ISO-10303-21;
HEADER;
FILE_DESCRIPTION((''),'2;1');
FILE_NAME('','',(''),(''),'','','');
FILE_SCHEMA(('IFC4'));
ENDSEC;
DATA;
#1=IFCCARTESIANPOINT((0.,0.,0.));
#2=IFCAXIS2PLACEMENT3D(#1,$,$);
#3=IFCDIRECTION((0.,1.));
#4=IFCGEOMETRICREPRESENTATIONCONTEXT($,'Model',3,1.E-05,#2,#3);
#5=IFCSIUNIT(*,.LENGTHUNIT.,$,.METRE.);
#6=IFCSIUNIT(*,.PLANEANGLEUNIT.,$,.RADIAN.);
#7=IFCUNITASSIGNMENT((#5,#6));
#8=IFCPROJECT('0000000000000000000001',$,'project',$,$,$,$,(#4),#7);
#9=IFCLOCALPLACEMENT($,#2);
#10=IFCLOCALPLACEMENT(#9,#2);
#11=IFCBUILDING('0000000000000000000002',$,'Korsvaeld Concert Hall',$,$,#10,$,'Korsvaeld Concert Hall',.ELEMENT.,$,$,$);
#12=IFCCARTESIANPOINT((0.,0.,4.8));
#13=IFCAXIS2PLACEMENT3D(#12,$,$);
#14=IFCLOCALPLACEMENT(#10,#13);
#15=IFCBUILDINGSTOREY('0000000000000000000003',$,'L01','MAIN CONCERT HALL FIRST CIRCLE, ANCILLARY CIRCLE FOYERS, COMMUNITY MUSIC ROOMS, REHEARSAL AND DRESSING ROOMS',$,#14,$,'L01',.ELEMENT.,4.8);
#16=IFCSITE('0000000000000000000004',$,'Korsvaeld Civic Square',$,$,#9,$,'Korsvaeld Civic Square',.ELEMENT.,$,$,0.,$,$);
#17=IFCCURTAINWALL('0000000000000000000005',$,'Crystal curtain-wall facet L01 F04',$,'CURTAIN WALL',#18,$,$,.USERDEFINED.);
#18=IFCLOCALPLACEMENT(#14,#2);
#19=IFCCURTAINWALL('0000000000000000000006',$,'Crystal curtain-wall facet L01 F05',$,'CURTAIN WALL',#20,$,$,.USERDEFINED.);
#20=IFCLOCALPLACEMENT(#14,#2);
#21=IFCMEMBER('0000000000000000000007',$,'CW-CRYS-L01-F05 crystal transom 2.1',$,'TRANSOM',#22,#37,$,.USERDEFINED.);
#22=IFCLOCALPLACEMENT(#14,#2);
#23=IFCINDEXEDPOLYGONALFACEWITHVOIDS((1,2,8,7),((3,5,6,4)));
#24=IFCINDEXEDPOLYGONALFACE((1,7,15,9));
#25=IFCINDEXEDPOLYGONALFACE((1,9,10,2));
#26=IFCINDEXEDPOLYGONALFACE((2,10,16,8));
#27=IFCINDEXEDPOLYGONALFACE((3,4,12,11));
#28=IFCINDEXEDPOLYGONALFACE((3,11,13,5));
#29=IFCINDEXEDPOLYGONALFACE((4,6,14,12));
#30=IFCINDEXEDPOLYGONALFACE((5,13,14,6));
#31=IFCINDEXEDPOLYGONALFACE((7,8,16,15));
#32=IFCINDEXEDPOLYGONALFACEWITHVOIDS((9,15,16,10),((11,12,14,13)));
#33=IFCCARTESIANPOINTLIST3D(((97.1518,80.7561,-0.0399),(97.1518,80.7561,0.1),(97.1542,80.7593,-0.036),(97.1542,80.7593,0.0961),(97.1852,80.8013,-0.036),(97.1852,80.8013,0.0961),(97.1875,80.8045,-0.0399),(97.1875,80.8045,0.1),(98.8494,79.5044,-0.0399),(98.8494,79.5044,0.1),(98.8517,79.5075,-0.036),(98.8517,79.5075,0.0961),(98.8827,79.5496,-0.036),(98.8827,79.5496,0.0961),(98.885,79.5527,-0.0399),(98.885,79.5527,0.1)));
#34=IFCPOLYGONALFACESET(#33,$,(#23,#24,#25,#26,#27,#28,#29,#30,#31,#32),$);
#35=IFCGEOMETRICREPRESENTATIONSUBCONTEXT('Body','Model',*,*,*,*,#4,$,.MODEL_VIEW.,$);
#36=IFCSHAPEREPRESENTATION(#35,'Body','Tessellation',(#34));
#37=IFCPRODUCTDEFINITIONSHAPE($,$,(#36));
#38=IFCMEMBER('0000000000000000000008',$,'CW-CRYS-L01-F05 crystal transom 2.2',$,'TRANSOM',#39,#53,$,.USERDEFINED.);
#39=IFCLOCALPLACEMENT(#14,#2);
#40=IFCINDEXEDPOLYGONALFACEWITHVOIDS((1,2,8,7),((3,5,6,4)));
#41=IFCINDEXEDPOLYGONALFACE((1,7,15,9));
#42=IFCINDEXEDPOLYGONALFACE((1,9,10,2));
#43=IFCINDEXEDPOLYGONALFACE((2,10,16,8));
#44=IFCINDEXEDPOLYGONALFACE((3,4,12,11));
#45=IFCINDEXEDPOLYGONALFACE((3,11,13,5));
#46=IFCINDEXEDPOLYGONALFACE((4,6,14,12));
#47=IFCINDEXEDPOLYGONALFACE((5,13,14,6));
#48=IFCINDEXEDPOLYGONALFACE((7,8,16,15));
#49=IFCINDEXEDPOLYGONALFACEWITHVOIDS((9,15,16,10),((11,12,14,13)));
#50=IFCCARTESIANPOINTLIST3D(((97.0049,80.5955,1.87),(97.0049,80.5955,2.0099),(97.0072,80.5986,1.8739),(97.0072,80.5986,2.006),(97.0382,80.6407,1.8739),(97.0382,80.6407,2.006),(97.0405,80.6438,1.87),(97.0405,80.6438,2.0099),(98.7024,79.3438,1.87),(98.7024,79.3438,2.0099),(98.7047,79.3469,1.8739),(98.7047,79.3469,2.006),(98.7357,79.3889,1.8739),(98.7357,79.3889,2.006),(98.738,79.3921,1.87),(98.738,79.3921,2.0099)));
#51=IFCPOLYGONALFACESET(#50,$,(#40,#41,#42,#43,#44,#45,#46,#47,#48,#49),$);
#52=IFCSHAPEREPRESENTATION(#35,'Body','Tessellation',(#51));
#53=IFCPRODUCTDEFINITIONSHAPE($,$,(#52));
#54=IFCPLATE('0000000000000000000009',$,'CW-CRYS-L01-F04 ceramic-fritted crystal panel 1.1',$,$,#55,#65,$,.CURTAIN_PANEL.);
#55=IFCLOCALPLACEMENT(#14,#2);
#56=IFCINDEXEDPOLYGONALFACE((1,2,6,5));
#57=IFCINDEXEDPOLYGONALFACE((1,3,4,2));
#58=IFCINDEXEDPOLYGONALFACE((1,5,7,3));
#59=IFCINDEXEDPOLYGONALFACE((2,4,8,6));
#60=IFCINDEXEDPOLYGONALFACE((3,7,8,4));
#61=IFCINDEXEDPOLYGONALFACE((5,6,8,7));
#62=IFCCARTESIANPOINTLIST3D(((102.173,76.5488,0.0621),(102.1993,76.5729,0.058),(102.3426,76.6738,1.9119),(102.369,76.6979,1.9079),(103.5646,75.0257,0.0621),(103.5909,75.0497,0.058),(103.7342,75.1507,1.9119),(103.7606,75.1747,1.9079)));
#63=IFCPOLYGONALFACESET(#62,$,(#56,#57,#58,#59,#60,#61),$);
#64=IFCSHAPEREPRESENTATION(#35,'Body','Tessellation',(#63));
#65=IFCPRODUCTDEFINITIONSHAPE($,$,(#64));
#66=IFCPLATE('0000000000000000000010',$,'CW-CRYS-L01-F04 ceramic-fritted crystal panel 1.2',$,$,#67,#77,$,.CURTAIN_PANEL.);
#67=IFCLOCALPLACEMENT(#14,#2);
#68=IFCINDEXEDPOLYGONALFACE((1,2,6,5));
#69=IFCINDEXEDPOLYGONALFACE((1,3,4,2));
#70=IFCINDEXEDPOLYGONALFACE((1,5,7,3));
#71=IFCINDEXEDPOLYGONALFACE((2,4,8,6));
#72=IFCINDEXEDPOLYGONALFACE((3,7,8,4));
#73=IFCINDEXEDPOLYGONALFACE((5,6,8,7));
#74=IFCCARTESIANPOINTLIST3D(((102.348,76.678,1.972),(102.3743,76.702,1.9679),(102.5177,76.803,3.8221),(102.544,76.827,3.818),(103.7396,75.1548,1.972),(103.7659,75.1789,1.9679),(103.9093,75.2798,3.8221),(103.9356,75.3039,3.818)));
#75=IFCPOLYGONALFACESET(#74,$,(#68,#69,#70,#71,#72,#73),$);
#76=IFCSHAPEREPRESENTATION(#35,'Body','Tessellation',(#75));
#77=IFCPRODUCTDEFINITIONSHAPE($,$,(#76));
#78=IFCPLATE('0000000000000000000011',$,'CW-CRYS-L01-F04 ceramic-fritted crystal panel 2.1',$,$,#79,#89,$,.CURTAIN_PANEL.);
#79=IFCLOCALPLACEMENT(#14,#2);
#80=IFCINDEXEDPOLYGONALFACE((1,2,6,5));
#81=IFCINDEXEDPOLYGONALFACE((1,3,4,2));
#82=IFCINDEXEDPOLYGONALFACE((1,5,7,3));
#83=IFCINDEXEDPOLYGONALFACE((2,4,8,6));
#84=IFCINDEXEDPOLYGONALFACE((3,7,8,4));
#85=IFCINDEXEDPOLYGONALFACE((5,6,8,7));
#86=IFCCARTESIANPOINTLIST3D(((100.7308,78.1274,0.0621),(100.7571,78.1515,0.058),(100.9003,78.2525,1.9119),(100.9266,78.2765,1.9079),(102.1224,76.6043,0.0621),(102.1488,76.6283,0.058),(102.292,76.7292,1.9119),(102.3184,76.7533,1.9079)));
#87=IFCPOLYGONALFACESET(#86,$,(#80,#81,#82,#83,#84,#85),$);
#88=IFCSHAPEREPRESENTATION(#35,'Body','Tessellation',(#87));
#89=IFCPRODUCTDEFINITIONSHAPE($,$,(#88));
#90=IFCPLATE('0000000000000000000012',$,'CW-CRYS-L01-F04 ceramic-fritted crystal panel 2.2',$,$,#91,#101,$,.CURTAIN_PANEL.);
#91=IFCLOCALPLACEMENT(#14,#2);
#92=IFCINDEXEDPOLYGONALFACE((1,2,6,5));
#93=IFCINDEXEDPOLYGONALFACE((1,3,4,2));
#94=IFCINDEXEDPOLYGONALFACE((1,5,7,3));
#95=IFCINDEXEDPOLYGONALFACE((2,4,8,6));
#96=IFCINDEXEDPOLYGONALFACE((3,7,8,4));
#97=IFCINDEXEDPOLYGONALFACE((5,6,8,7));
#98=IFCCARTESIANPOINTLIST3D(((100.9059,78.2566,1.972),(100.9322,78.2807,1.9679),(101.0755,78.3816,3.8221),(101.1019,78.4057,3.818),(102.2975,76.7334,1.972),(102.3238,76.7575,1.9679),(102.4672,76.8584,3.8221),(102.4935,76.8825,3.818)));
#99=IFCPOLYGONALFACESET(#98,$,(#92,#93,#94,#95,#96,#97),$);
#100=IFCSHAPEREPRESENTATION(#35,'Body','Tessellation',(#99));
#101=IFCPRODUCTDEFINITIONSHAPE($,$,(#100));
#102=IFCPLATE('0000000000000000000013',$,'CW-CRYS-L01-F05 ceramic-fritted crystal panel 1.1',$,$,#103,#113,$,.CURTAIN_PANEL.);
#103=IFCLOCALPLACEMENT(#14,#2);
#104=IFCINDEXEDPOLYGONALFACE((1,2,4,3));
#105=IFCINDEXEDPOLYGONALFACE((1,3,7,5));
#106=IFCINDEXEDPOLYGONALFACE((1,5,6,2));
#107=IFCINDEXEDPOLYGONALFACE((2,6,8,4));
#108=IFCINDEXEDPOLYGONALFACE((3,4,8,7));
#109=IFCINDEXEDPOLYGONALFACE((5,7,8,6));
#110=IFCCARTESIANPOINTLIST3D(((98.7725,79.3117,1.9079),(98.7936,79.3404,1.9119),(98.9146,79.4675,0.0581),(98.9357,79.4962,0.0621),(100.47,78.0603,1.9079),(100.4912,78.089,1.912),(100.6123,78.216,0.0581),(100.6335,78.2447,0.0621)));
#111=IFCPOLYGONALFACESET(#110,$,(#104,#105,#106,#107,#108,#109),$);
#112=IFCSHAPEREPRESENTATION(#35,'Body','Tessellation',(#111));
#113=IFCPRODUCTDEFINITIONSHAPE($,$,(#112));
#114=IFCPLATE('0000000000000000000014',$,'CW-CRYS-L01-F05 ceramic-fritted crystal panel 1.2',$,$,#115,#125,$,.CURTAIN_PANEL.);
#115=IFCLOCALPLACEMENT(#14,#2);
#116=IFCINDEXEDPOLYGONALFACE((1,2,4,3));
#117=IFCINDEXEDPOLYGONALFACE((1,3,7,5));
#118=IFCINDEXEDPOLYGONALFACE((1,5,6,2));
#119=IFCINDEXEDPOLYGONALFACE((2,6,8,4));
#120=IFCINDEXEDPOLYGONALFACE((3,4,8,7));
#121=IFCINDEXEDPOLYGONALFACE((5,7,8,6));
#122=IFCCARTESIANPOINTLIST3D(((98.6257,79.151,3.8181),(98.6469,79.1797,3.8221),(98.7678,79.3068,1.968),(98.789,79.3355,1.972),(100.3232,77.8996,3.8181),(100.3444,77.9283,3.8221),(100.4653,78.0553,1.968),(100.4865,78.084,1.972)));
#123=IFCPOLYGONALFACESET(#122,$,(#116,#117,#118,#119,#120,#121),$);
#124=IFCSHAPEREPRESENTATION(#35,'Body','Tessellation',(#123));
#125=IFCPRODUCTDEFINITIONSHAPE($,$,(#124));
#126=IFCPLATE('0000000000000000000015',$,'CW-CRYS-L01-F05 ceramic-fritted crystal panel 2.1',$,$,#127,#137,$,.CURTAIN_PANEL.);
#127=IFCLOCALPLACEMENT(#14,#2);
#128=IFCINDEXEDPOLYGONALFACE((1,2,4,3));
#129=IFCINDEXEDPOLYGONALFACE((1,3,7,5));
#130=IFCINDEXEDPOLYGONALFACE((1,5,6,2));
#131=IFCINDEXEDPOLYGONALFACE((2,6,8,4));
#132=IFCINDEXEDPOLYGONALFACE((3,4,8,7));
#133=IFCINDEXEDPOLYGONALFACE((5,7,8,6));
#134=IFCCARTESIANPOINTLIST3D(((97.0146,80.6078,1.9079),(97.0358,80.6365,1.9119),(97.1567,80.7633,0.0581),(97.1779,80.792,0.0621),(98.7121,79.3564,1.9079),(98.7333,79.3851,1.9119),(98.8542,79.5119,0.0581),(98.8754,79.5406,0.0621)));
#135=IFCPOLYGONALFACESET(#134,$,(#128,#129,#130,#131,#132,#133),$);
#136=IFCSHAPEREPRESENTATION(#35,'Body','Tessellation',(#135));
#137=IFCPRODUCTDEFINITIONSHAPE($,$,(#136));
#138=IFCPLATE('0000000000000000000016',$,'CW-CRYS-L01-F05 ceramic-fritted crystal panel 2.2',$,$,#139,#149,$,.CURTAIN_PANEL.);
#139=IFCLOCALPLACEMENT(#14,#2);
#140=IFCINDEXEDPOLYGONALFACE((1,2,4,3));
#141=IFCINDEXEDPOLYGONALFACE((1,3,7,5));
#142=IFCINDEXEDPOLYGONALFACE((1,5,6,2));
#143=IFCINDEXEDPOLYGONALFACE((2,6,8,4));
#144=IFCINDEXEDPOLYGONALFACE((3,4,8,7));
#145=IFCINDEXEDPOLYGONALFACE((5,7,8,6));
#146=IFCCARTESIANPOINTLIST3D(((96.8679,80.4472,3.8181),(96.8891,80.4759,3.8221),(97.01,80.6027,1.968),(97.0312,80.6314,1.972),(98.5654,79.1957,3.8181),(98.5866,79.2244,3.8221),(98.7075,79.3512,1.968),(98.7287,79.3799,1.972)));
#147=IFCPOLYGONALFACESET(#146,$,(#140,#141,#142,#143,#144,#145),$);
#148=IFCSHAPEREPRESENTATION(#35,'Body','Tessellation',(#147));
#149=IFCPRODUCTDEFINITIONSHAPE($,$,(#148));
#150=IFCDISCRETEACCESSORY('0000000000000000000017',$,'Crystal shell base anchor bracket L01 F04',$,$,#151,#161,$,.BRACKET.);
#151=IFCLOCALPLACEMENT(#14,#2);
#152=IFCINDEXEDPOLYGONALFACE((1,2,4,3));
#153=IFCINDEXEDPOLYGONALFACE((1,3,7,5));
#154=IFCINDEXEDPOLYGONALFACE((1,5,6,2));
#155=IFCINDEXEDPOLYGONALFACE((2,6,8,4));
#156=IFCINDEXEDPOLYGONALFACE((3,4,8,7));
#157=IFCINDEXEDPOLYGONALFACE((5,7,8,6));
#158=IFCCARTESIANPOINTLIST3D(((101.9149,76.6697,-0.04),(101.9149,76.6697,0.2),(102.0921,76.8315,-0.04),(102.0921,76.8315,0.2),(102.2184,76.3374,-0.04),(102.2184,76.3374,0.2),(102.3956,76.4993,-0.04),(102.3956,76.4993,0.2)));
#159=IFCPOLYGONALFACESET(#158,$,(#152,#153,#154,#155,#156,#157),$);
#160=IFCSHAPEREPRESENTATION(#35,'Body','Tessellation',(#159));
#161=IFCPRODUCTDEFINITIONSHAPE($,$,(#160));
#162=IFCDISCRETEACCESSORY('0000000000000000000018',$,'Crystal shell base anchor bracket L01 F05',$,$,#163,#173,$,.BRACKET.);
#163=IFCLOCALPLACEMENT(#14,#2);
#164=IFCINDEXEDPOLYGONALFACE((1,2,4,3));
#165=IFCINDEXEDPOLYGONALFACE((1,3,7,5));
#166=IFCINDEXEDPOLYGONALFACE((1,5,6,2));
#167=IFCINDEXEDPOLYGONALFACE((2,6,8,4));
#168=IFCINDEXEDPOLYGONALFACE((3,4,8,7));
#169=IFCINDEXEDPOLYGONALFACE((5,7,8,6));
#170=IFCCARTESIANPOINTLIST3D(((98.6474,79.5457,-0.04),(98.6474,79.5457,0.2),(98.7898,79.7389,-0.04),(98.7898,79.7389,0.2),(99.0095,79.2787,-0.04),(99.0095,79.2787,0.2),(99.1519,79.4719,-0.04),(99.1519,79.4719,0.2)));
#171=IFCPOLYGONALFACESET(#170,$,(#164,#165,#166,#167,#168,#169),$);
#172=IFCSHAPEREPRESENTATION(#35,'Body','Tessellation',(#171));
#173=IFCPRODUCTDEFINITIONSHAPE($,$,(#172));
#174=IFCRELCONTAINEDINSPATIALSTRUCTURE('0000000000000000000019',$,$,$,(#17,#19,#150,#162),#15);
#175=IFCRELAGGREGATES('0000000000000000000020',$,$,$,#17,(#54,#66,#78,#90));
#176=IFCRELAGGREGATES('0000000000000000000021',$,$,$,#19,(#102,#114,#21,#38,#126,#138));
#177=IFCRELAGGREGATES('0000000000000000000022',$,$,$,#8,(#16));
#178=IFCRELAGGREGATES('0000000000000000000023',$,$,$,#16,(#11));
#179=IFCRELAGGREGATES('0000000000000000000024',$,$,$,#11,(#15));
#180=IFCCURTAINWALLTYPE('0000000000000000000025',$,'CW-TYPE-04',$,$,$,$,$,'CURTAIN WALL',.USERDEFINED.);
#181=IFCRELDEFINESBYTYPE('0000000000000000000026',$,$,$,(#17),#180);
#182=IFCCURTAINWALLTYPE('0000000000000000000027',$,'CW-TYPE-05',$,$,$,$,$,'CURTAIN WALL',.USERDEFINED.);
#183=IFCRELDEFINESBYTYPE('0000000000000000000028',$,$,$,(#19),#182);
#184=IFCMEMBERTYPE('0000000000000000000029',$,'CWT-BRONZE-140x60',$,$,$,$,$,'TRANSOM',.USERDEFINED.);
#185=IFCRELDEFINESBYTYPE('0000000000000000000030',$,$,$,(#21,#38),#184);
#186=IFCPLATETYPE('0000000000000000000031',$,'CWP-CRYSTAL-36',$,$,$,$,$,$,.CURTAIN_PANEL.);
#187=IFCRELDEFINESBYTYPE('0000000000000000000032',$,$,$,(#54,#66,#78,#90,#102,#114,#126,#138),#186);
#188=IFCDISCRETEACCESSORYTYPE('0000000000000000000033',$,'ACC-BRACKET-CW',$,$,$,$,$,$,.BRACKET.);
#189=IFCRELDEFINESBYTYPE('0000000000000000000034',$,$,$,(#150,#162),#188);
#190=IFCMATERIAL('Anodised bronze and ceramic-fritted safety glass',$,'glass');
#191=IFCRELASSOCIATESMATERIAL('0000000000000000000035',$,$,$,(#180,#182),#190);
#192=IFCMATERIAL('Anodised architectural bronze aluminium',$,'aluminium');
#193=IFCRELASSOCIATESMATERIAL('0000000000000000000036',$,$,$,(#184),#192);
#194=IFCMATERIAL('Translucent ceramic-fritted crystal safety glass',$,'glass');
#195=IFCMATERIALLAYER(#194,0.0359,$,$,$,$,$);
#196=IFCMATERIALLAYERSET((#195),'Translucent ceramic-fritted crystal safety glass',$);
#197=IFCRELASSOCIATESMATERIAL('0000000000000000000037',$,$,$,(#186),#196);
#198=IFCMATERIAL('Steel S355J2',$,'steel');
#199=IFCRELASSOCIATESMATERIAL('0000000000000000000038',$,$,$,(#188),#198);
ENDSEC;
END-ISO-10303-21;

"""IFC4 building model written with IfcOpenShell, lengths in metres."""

from ifc_helpers import new_model, si_unit, direction, frame, origin, origin_2d, place, context, subcontext, project, spatial, polyline, rectangle, hollow_rectangle, outline, extrude, material, layer, layer_set, material_profile, profile_set, type_object, element, aggregate, save


model = new_model("IFC4")

# Units and contexts
model_context = context("Model", 3, precision=1e-05, world=origin(), true_north=direction((0.0, 1.0)))
body_context = subcontext(model_context, "Body", "Model", "MODEL_VIEW")
ifc_project = project(units=[si_unit("LENGTHUNIT", "METRE"), si_unit("PLANEANGLEUNIT", "RADIAN")], contexts=[model_context])

# Site, building, storey
site_placement = place(None, origin())
site = spatial("IfcSite", under=ifc_project, at=site_placement, Name="Korsvaeld Civic Square", LongName="Korsvaeld Civic Square", CompositionType="ELEMENT", RefElevation=0.0)
building_placement = place(site_placement, origin())
building = spatial("IfcBuilding", under=site, at=building_placement, Name="Korsvaeld Concert Hall", LongName="Korsvaeld Concert Hall", CompositionType="ELEMENT")
storey_placement = place(building_placement, frame((0.0, 0.0, 4.8)))
storey = spatial("IfcBuildingStorey", under=building, at=storey_placement, Name="L01", Description="MAIN CONCERT HALL FIRST CIRCLE, ANCILLARY CIRCLE FOYERS, COMMUNITY MUSIC ROOMS, REHEARSAL AND DRESSING ROOMS", LongName="L01", CompositionType="ELEMENT", Elevation=4.8)

# Curtain wall
ifc_material_1 = material(Name="Anodised bronze and ceramic-fritted safety glass", Category="glass")
curtain_wall_type_1 = type_object("IfcCurtainWallType", Name="CW-TYPE-04", ElementType="CURTAIN WALL", PredefinedType="USERDEFINED", material=ifc_material_1)
curtain_wall_1_placement = place(storey_placement, origin())
curtain_wall_1 = element("IfcCurtainWall", 1, at=curtain_wall_1_placement, inside=storey, type_object=curtain_wall_type_1, Name="Crystal curtain-wall facet L01 F04", ObjectType="CURTAIN WALL", PredefinedType="USERDEFINED")
ifc_material_2 = material(Name="Anodised architectural bronze aluminium", Category="aluminium")

# Curtain wall
curtain_wall_type_2 = type_object("IfcCurtainWallType", Name="CW-TYPE-05", ElementType="CURTAIN WALL", PredefinedType="USERDEFINED", material=ifc_material_1)
curtain_wall_2_placement = place(storey_placement, origin())
curtain_wall_2 = element("IfcCurtainWall", 2, at=curtain_wall_2_placement, inside=storey, type_object=curtain_wall_type_2, Name="Crystal curtain-wall facet L01 F05", ObjectType="CURTAIN WALL", PredefinedType="USERDEFINED")

# Members
ifc_material_profile_1 = material_profile(ifc_material_2, hollow_rectangle(XDim=0.0601, YDim=0.1399, WallThickness=0.0039, at=origin_2d()), Name="CWT 140x60x4")
ifc_profile_set_1 = profile_set([ifc_material_profile_1], Name="Anodised architectural bronze aluminium")
member_type_1 = type_object("IfcMemberType", Name="CWT-BRONZE-140x60", ElementType="TRANSOM", PredefinedType="USERDEFINED", material=ifc_profile_set_1)
member_1_placement = place(storey_placement, frame((98.8672, 79.5286, 0.03), z_axis=(-0.804849, 0.593479, 0.0), x_axis=(-0.593479, -0.804849, 0.0)))
member_1 = element("IfcMember", 3, at=member_1_placement, type_object=member_type_1, Name="CW-CRYS-L01-F05 crystal transom 2.1", ObjectType="TRANSOM", PredefinedType="USERDEFINED", context=body_context, shape_type="SweptSolid", body=[
    extrude(hollow_rectangle(XDim=0.0601, YDim=0.1399, WallThickness=0.0039, at=origin_2d()), origin(), (0.0, 0.0, 1.0), 2.1091),
])
member_2_placement = place(storey_placement, frame((98.7202, 79.3679, 1.9399), z_axis=(-0.804849, 0.593479, 0.0), x_axis=(-0.593479, -0.804849, 0.0)))
member_2 = element("IfcMember", 4, at=member_2_placement, type_object=member_type_1, Name="CW-CRYS-L01-F05 crystal transom 2.2", ObjectType="TRANSOM", PredefinedType="USERDEFINED", context=body_context, shape_type="SweptSolid", body=[
    extrude(hollow_rectangle(XDim=0.0601, YDim=0.1399, WallThickness=0.0039, at=origin_2d()), origin(), (0.0, 0.0, 1.0), 2.1091),
])

# Plates
ifc_material_3 = material(Name="Translucent ceramic-fritted crystal safety glass", Category="glass")
ifc_layer = layer(ifc_material_3, 0.0359)
ifc_layer_set = layer_set([ifc_layer], Name="Translucent ceramic-fritted crystal safety glass")
plate_type = type_object("IfcPlateType", Name="CWP-CRYSTAL-36", PredefinedType="CURTAIN_PANEL", material=ifc_layer_set)
plate_1_placement = place(storey_placement, frame((103.5776, 75.0376, 0.0601), z_axis=(0.733585, 0.670209, -0.112576), x_axis=(-0.674497, 0.738278, 0.0)))
plate_1 = element("IfcPlate", 5, at=plate_1_placement, type_object=plate_type, Name="CW-CRYS-L01-F04 ceramic-fritted crystal panel 1.1", PredefinedType="CURTAIN_PANEL", context=body_context, shape_type="SweptSolid", body=[
    extrude(outline(polyline([(0.0, 0.0), (2.0632, 0.0), (2.041, 1.8617), (-0.0222, 1.8617), (0.0, 0.0)])), frame((0.0, 0.0, 0.0181)), (0.0, 0.0, -1.0), 0.0359),
])
plate_2_placement = place(storey_placement, frame((103.7527, 75.1667, 1.97), z_axis=(0.733586, 0.67021, -0.112561), x_axis=(-0.674497, 0.738278, 0.0)))
plate_2 = element("IfcPlate", 6, at=plate_2_placement, type_object=plate_type, Name="CW-CRYS-L01-F04 ceramic-fritted crystal panel 1.2", PredefinedType="CURTAIN_PANEL", context=body_context, shape_type="SweptSolid", body=[
    extrude(outline(polyline([(0.0, 0.0), (2.0632, 0.0), (2.041, 1.8619), (-0.0222, 1.8619), (0.0, 0.0)])), frame((0.0, 0.0, 0.0181)), (0.0, 0.0, -1.0), 0.0359),
])
plate_3_placement = place(storey_placement, frame((102.1355, 76.6162, 0.0601), z_axis=(0.73356, 0.670245, -0.112528), x_axis=(-0.674528, 0.738249, 0.000005)))
plate_3 = element("IfcPlate", 7, at=plate_3_placement, type_object=plate_type, Name="CW-CRYS-L01-F04 ceramic-fritted crystal panel 2.1", PredefinedType="CURTAIN_PANEL", context=body_context, shape_type="SweptSolid", body=[
    extrude(outline(polyline([(0.0, 0.0), (2.0632, 0.0), (2.0412, 1.8617), (-0.0222, 1.8617), (0.0, 0.0)])), frame((0.0, 0.0, 0.0181)), (0.0, 0.0, -1.0), 0.0359),
])
plate_4_placement = place(storey_placement, frame((102.3105, 76.7454, 1.97), z_axis=(0.733586, 0.67021, -0.112561), x_axis=(-0.674497, 0.738278, 0.0)))
plate_4 = element("IfcPlate", 8, at=plate_4_placement, type_object=plate_type, Name="CW-CRYS-L01-F04 ceramic-fritted crystal panel 2.2", PredefinedType="CURTAIN_PANEL", context=body_context, shape_type="SweptSolid", body=[
    extrude(outline(polyline([(0.0, 0.0), (2.0632, 0.0), (2.041, 1.8619), (-0.0222, 1.8619), (0.0, 0.0)])), frame((0.0, 0.0, 0.0181)), (0.0, 0.0, -1.0), 0.0359),
])
aggregate(curtain_wall_1, [plate_1, plate_2, plate_3, plate_4])
plate_5_placement = place(storey_placement, frame((100.6228, 78.2302, 0.0601), z_axis=(0.589598, 0.799799, 0.112672), x_axis=(-0.804925, 0.593376, 0.000004)))
plate_5 = element("IfcPlate", 9, at=plate_5_placement, type_object=plate_type, Name="CW-CRYS-L01-F05 ceramic-fritted crystal panel 1.1", PredefinedType="CURTAIN_PANEL", context=body_context, shape_type="SweptSolid", body=[
    extrude(outline(polyline([(0.0, 0.0), (2.1092, 0.0), (2.1311, 1.8617), (0.0221, 1.8617), (0.0, 0.0)])), frame((0.0, 0.0, 0.0181)), (0.0, 0.0, -1.0), 0.0359),
])
plate_6_placement = place(storey_placement, frame((100.4758, 78.0696, 1.97), z_axis=(0.589629, 0.799784, 0.112619), x_axis=(-0.804905, 0.593404, 0.0)))
plate_6 = element("IfcPlate", 10, at=plate_6_placement, type_object=plate_type, Name="CW-CRYS-L01-F05 ceramic-fritted crystal panel 1.2", PredefinedType="CURTAIN_PANEL", context=body_context, shape_type="SweptSolid", body=[
    extrude(outline(polyline([(0.0, 0.0), (2.109, 0.0), (2.1309, 1.8619), (0.0219, 1.8619), (0.0, 0.0)])), frame((0.0, 0.0, 0.0181)), (0.0, 0.0, -1.0), 0.0359),
])
plate_7_placement = place(storey_placement, frame((98.8647, 79.5261, 0.0601), z_axis=(0.589635, 0.799792, 0.112529), x_axis=(-0.804905, 0.593404, 0.0)))
plate_7 = element("IfcPlate", 11, at=plate_7_placement, type_object=plate_type, Name="CW-CRYS-L01-F05 ceramic-fritted crystal panel 2.1", PredefinedType="CURTAIN_PANEL", context=body_context, shape_type="SweptSolid", body=[
    extrude(outline(polyline([(0.0, 0.0), (2.109, 0.0), (2.131, 1.8617), (0.0221, 1.8617), (0.0, 0.0)])), frame((0.0, 0.0, 0.0181)), (0.0, 0.0, -1.0), 0.0359),
])
plate_8_placement = place(storey_placement, frame((98.718, 79.3655, 1.97), z_axis=(0.589636, 0.799793, 0.112515), x_axis=(-0.804905, 0.593404, 0.0)))
plate_8 = element("IfcPlate", 12, at=plate_8_placement, type_object=plate_type, Name="CW-CRYS-L01-F05 ceramic-fritted crystal panel 2.2", PredefinedType="CURTAIN_PANEL", context=body_context, shape_type="SweptSolid", body=[
    extrude(outline(polyline([(0.0, 0.0), (2.109, 0.0), (2.131, 1.8619), (0.0221, 1.8619), (0.0, 0.0)])), frame((0.0, 0.0, 0.0181)), (0.0, 0.0, -1.0), 0.0359),
])
aggregate(curtain_wall_2, [plate_5, plate_6, member_1, member_2, plate_7, plate_8])

# Discrete accessories
ifc_material_4 = material(Name="Steel S355J2", Category="steel")
discrete_accessory_type = type_object("IfcDiscreteAccessoryType", Name="ACC-BRACKET-CW", PredefinedType="BRACKET", material=ifc_material_4)
for number, where, z_axis, x_axis, name in (
    (13, (102.1553, 76.5845, -0.04), (0.0, 0.0, 1.0), (-0.674431, 0.738338, 0.0), "Crystal shell base anchor bracket L01 F04"),
    (14, (98.8997, 79.5088, -0.04), (0.0, 0.0, 1.0), (-0.804894, 0.593419, 0.0), "Crystal shell base anchor bracket L01 F05"),
):
    element("IfcDiscreteAccessory", number, at=place(storey_placement, frame(where, z_axis=z_axis, x_axis=x_axis)), inside=storey, type_object=discrete_accessory_type, Name=name, PredefinedType="BRACKET", context=body_context, shape_type="SweptSolid", body=[
        extrude(rectangle(XDim=0.45, YDim=0.24, at=origin_2d()), origin(), (0.0, 0.0, 1.0), 0.24),
    ])

save(model, "model.ifc")
